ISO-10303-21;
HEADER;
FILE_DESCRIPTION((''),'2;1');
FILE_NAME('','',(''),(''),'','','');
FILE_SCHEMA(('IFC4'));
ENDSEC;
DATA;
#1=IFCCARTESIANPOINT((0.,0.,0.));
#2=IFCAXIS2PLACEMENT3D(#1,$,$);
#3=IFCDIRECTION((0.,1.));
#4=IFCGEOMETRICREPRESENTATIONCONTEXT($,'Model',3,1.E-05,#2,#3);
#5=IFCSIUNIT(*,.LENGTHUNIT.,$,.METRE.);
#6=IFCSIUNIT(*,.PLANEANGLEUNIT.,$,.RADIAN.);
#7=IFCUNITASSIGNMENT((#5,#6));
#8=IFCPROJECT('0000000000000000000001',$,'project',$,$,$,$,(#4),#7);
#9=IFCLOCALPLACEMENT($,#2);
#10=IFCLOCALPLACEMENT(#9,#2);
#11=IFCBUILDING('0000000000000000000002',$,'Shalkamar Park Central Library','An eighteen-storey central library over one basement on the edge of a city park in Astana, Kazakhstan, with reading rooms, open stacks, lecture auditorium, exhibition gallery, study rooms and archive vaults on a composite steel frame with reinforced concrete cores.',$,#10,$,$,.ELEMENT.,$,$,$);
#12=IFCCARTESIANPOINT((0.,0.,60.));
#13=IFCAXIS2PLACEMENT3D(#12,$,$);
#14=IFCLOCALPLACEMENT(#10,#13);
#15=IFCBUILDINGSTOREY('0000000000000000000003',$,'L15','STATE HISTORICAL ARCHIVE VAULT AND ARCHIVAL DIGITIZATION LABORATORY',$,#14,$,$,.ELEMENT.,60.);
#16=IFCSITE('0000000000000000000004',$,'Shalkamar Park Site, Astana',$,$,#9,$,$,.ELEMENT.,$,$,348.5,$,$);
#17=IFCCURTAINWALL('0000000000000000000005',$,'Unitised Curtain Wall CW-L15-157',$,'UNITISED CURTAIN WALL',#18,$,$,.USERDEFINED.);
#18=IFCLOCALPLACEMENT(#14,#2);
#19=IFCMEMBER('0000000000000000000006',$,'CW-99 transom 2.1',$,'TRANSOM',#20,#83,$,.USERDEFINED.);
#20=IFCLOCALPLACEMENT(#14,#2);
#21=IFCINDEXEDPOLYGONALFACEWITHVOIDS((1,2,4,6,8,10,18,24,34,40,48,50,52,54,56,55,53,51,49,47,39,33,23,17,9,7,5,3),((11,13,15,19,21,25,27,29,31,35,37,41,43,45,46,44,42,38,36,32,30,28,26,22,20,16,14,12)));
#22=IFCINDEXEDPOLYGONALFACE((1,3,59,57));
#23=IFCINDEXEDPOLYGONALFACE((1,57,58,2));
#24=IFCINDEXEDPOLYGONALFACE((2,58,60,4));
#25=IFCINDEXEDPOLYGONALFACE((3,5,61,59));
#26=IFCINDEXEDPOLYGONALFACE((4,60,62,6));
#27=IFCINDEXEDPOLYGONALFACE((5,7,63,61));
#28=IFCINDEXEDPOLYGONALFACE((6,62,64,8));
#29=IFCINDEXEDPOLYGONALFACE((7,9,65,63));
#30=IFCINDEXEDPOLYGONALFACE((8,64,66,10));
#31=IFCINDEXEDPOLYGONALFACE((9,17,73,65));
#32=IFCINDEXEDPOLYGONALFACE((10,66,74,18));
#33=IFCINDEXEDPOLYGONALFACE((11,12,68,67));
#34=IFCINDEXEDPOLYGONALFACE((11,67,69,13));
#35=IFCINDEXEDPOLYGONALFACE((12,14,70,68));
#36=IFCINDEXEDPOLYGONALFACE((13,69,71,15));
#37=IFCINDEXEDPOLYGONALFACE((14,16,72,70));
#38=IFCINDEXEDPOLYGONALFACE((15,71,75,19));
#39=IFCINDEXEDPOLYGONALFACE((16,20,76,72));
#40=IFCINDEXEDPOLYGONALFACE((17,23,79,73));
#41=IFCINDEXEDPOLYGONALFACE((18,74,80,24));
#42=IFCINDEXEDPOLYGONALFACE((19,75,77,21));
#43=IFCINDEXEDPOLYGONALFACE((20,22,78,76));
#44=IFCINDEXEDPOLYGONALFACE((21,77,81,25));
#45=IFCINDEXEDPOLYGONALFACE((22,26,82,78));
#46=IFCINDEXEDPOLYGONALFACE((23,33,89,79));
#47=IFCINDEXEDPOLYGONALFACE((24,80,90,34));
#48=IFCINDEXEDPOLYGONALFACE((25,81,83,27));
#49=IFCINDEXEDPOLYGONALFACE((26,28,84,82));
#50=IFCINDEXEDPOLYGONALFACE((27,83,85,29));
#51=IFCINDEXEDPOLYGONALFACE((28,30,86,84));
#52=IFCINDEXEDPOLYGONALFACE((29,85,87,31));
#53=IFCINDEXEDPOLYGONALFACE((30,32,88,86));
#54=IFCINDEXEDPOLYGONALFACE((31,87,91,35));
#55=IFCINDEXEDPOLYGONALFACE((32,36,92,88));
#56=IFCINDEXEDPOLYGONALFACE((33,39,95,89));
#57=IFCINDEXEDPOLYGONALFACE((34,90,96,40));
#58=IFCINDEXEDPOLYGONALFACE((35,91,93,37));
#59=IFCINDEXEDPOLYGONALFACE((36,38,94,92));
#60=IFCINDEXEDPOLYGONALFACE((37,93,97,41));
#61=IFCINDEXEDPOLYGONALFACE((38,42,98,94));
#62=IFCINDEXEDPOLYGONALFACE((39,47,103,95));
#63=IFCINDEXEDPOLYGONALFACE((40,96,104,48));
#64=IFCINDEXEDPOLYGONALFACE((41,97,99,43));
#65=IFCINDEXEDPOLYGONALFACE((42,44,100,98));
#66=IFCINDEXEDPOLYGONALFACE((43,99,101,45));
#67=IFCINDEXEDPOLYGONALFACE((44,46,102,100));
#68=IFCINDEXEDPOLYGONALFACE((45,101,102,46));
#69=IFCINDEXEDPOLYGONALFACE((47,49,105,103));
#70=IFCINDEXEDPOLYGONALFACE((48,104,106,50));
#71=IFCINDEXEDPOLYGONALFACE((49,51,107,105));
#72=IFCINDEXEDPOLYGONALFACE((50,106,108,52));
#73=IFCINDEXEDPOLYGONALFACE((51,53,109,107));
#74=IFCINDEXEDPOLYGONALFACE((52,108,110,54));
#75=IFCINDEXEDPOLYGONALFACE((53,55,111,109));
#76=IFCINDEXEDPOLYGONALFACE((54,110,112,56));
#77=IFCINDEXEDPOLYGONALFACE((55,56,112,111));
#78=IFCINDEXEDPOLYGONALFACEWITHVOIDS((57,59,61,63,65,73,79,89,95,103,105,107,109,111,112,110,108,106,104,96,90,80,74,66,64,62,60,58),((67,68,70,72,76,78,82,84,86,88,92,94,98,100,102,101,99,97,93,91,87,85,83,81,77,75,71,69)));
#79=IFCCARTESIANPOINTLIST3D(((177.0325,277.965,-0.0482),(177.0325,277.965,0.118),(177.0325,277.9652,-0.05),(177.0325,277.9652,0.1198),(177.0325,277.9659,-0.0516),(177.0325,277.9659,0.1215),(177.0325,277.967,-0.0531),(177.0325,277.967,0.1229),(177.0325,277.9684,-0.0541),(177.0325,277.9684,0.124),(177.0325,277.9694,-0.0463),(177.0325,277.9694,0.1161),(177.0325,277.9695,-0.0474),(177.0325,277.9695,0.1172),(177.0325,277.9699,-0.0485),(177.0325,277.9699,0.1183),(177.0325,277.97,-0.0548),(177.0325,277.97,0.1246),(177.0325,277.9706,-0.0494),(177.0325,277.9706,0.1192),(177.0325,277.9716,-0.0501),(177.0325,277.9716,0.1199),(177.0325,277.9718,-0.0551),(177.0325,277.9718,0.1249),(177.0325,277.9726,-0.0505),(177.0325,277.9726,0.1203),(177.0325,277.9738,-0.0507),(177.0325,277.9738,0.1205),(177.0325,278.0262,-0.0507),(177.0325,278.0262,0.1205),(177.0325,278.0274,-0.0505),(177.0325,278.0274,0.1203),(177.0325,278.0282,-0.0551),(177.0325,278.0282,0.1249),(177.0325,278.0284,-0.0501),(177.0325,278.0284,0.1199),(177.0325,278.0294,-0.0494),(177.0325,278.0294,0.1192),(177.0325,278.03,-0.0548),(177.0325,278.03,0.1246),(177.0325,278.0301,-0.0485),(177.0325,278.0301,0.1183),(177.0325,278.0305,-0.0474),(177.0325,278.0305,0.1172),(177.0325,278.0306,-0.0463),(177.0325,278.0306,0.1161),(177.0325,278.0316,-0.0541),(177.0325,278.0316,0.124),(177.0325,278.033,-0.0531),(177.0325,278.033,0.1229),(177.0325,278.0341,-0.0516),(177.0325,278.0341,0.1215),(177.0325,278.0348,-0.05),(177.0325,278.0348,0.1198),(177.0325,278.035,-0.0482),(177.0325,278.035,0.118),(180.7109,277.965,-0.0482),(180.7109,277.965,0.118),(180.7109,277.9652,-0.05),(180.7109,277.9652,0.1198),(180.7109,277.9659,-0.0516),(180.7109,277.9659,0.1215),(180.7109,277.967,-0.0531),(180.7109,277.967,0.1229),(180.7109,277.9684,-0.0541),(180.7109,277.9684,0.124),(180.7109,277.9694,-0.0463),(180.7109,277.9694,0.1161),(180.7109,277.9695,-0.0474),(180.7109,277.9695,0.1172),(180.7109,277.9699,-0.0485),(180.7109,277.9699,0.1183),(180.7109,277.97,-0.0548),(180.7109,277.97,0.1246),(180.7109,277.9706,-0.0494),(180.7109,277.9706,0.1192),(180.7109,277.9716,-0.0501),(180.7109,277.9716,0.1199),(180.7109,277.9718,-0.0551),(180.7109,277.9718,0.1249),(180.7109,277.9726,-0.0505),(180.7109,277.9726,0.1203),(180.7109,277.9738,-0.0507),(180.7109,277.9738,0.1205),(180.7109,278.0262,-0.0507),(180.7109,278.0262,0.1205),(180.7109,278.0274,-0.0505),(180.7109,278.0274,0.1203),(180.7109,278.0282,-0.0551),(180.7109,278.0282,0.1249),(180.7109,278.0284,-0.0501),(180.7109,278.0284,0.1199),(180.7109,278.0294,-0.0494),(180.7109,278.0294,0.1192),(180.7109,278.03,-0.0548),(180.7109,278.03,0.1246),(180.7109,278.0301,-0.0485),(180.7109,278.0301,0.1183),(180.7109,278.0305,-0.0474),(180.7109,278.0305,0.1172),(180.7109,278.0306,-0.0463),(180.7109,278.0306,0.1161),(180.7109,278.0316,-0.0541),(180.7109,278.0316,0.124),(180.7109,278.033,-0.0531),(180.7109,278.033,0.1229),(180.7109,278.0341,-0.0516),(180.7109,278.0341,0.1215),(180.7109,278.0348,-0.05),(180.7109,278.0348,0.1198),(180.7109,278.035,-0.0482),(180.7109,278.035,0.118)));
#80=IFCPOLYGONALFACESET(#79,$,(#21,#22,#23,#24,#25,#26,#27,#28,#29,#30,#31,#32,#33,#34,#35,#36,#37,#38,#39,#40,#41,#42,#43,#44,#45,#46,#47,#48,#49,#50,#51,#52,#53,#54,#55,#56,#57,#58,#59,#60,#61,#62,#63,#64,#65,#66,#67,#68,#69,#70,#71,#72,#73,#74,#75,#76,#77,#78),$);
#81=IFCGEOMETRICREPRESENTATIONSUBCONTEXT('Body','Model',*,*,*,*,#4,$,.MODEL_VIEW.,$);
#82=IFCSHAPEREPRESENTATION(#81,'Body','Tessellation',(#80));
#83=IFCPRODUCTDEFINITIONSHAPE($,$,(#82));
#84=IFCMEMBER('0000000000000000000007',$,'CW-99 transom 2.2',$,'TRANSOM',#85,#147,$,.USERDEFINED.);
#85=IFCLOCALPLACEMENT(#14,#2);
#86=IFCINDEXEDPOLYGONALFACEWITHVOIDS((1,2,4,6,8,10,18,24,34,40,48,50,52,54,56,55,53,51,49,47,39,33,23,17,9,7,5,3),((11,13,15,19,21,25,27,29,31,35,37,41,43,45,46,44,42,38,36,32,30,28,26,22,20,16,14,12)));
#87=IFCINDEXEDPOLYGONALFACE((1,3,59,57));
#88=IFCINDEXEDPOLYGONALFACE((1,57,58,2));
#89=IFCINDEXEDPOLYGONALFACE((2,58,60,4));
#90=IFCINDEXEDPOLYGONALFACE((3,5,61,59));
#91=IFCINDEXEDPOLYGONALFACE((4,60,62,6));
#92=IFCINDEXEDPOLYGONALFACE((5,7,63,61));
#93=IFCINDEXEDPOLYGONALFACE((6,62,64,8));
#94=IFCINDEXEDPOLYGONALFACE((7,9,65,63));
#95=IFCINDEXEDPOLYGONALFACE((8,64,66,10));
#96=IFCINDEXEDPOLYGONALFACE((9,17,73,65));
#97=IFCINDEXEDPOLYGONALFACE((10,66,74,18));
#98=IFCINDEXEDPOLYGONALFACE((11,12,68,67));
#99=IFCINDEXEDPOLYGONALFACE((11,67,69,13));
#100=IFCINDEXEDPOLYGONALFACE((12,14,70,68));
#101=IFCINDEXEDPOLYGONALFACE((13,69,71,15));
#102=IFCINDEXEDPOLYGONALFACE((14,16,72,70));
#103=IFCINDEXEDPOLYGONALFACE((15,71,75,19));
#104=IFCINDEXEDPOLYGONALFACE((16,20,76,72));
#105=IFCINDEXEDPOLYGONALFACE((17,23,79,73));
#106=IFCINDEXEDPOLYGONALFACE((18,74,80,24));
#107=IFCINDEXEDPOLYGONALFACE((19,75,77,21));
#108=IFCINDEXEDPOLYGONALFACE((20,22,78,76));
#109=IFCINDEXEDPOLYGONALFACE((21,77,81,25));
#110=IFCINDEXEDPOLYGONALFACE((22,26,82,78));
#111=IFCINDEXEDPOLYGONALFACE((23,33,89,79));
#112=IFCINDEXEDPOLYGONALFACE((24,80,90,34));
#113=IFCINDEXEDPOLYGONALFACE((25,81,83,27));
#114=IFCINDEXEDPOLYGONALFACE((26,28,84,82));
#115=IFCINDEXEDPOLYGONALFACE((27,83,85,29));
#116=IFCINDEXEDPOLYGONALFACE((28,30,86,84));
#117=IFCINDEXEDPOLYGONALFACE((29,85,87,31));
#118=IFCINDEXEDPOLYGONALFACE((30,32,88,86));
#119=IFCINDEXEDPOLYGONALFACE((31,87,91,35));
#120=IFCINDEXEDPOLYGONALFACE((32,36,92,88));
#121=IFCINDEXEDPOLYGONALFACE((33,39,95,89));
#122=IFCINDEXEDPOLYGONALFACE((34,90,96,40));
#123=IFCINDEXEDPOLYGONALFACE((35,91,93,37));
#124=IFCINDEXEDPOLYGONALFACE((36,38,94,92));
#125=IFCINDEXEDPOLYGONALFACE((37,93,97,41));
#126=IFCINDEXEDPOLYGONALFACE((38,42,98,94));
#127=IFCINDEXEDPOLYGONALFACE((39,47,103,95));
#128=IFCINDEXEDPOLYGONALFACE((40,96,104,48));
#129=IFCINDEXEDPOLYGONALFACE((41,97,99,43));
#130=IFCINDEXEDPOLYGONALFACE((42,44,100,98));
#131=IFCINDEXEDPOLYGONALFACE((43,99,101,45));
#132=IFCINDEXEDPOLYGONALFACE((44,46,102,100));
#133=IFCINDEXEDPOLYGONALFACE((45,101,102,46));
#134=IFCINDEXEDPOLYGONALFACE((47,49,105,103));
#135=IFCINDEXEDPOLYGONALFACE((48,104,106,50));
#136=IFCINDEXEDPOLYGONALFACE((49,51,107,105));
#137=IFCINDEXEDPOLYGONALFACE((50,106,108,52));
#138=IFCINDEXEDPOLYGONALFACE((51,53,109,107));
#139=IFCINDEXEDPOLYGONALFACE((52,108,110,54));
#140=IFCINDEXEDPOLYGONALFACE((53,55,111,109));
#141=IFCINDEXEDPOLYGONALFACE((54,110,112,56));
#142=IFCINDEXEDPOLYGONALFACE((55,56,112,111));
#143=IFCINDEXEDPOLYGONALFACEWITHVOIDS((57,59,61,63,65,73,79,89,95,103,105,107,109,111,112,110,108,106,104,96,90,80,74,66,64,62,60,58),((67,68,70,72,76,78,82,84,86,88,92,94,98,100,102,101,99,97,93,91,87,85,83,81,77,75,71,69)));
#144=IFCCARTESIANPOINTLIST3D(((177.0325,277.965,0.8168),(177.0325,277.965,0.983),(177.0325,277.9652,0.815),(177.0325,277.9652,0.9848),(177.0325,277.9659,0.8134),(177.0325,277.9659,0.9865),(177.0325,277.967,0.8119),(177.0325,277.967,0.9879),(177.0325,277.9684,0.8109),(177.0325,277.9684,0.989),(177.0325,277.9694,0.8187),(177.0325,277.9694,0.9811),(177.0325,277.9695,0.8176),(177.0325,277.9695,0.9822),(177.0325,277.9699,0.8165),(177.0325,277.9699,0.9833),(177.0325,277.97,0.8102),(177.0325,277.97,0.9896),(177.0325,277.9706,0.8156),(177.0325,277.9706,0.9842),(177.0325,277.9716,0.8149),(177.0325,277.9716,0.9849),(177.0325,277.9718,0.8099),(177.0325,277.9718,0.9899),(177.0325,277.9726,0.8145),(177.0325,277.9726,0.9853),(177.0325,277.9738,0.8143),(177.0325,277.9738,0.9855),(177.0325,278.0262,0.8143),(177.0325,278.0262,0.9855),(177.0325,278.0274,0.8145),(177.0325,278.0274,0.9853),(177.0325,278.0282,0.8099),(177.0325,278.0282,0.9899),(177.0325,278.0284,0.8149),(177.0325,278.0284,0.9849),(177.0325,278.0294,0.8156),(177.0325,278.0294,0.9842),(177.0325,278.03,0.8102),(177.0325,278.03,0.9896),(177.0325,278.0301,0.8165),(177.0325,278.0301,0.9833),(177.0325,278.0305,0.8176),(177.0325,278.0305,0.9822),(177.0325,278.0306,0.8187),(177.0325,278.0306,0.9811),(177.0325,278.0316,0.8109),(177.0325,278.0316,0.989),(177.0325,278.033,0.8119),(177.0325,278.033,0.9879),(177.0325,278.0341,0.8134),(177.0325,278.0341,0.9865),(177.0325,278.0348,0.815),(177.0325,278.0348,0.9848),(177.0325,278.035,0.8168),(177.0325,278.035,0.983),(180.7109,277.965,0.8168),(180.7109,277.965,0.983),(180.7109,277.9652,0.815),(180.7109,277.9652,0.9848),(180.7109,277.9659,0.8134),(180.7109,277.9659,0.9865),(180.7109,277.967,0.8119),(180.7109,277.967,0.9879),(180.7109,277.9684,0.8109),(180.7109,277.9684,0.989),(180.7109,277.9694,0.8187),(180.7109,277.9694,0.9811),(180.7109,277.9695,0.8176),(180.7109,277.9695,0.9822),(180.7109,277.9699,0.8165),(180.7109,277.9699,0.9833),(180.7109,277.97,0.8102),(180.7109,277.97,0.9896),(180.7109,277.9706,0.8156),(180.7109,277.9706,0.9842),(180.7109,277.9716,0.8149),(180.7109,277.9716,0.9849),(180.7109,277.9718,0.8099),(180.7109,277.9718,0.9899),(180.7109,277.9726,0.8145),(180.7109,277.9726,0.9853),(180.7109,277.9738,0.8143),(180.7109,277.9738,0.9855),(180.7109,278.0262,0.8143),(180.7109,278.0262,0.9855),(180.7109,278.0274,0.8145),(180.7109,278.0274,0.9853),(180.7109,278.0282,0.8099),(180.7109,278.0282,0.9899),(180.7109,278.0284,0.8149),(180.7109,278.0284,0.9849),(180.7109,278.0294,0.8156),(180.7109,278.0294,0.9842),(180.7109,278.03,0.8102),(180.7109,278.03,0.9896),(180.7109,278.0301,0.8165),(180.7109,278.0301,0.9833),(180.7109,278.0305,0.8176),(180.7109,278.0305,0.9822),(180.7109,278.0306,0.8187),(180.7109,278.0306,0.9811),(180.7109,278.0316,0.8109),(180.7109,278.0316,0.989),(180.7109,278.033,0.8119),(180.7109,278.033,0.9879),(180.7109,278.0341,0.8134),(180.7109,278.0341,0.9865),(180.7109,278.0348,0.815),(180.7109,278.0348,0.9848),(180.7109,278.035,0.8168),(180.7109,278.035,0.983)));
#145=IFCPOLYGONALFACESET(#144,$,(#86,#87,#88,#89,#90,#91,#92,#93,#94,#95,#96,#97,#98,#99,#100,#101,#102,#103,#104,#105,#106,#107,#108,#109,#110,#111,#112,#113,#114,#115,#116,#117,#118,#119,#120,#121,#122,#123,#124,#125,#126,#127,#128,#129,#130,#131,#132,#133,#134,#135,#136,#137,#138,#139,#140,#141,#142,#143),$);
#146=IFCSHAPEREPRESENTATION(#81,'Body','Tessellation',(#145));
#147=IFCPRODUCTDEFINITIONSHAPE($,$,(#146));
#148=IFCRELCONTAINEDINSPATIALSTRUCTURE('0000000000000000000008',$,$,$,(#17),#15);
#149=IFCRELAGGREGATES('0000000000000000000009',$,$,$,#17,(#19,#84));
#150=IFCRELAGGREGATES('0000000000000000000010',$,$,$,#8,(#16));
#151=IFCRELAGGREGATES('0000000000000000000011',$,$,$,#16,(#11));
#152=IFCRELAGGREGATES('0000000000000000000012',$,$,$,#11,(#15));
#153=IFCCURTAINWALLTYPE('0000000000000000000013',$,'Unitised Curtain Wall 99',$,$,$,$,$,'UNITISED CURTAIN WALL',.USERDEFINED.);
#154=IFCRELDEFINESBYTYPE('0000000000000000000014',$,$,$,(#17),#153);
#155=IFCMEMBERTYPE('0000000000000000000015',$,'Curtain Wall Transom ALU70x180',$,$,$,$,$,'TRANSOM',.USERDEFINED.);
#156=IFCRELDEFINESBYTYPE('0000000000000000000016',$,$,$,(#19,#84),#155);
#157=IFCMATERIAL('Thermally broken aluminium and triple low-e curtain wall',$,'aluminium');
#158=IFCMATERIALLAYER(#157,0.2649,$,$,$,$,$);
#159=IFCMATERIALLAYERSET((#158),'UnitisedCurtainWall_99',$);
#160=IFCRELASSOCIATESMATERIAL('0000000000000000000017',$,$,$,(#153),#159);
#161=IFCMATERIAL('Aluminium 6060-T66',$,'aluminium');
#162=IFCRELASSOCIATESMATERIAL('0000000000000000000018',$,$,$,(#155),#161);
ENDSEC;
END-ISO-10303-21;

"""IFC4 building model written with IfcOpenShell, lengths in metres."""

from ifc_helpers import new_model, si_unit, direction, frame, origin, origin_2d, place, context, subcontext, project, spatial, hollow_rectangle, extrude, material, layer, layer_set, material_profile, profile_set, type_object, element, aggregate, save


model = new_model("IFC4")

# Units and contexts
model_context = context("Model", 3, precision=1e-05, world=origin(), true_north=direction((0.0, 1.0)))
body_context = subcontext(model_context, "Body", "Model", "MODEL_VIEW")
ifc_project = project(units=[si_unit("LENGTHUNIT", "METRE"), si_unit("PLANEANGLEUNIT", "RADIAN")], contexts=[model_context])

# Site, building, storey
site_placement = place(None, origin())
site = spatial("IfcSite", under=ifc_project, at=site_placement, Name="Shalkamar Park Site, Astana", CompositionType="ELEMENT", RefElevation=348.5)
building_placement = place(site_placement, origin())
building = spatial("IfcBuilding", under=site, at=building_placement, Name="Shalkamar Park Central Library", Description="An eighteen-storey central library over one basement on the edge of a city park in Astana, Kazakhstan, with reading rooms, open stacks, lecture auditorium, exhibition gallery, study rooms and archive vaults on a composite steel frame with reinforced concrete cores.", CompositionType="ELEMENT")
storey_placement = place(building_placement, frame((0.0, 0.0, 60.0)))
storey = spatial("IfcBuildingStorey", under=building, at=storey_placement, Name="L15", Description="STATE HISTORICAL ARCHIVE VAULT AND ARCHIVAL DIGITIZATION LABORATORY", CompositionType="ELEMENT", Elevation=60.0)

# Curtain wall
ifc_material_1 = material(Name="Thermally broken aluminium and triple low-e curtain wall", Category="aluminium")
ifc_material_2 = material(Name="Aluminium 6060-T66", Category="aluminium")
ifc_layer_1 = layer(ifc_material_1, 0.2649)
ifc_layer_set_1 = layer_set([ifc_layer_1], Name="UnitisedCurtainWall_99")
curtain_wall_type_1 = type_object("IfcCurtainWallType", Name="Unitised Curtain Wall 99", ElementType="UNITISED CURTAIN WALL", PredefinedType="USERDEFINED", material=ifc_layer_set_1)
curtain_wall_1_placement = place(storey_placement, origin())
curtain_wall_1 = element("IfcCurtainWall", 1, at=curtain_wall_1_placement, inside=storey, type_object=curtain_wall_type_1, Name="Unitised Curtain Wall CW-L15-157", ObjectType="UNITISED CURTAIN WALL", PredefinedType="USERDEFINED")

# Members
ifc_material_profile_1 = material_profile(ifc_material_2, hollow_rectangle(XDim=0.0701, YDim=0.1799, WallThickness=0.0044, InnerFilletRadius=0.0044, OuterFilletRadius=0.0068, at=origin_2d()), Name="ALU 70x180x4.5")
ifc_profile_set_1 = profile_set([ifc_material_profile_1], Name="Aluminium 6060-T66")
member_type_1 = type_object("IfcMemberType", Name="Curtain Wall Transom ALU70x180", ElementType="TRANSOM", PredefinedType="USERDEFINED", material=ifc_profile_set_1)
member_1_placement = place(storey_placement, frame((177.0325, 278.0, 0.0349), z_axis=(1.0, 0.0, 0.0), x_axis=(0.0, 1.0, 0.0)))
member_1 = element("IfcMember", 2, at=member_1_placement, type_object=member_type_1, Name="CW-99 transom 2.1", ObjectType="TRANSOM", PredefinedType="USERDEFINED", context=body_context, shape_type="SweptSolid", body=[
    extrude(hollow_rectangle(XDim=0.0701, YDim=0.1799, WallThickness=0.0044, InnerFilletRadius=0.0044, OuterFilletRadius=0.0068, at=origin_2d()), origin(), (0.0, 0.0, 1.0), 3.6785),
])
member_2_placement = place(storey_placement, frame((177.0325, 278.0, 0.8999), z_axis=(1.0, 0.0, 0.0), x_axis=(0.0, 1.0, 0.0)))
member_2 = element("IfcMember", 3, at=member_2_placement, type_object=member_type_1, Name="CW-99 transom 2.2", ObjectType="TRANSOM", PredefinedType="USERDEFINED", context=body_context, shape_type="SweptSolid", body=[
    extrude(hollow_rectangle(XDim=0.0701, YDim=0.1799, WallThickness=0.0044, InnerFilletRadius=0.0044, OuterFilletRadius=0.0068, at=origin_2d()), origin(), (0.0, 0.0, 1.0), 3.6785),
])

aggregate(curtain_wall_1, [member_1, member_2])

save(model, "model.ifc")
